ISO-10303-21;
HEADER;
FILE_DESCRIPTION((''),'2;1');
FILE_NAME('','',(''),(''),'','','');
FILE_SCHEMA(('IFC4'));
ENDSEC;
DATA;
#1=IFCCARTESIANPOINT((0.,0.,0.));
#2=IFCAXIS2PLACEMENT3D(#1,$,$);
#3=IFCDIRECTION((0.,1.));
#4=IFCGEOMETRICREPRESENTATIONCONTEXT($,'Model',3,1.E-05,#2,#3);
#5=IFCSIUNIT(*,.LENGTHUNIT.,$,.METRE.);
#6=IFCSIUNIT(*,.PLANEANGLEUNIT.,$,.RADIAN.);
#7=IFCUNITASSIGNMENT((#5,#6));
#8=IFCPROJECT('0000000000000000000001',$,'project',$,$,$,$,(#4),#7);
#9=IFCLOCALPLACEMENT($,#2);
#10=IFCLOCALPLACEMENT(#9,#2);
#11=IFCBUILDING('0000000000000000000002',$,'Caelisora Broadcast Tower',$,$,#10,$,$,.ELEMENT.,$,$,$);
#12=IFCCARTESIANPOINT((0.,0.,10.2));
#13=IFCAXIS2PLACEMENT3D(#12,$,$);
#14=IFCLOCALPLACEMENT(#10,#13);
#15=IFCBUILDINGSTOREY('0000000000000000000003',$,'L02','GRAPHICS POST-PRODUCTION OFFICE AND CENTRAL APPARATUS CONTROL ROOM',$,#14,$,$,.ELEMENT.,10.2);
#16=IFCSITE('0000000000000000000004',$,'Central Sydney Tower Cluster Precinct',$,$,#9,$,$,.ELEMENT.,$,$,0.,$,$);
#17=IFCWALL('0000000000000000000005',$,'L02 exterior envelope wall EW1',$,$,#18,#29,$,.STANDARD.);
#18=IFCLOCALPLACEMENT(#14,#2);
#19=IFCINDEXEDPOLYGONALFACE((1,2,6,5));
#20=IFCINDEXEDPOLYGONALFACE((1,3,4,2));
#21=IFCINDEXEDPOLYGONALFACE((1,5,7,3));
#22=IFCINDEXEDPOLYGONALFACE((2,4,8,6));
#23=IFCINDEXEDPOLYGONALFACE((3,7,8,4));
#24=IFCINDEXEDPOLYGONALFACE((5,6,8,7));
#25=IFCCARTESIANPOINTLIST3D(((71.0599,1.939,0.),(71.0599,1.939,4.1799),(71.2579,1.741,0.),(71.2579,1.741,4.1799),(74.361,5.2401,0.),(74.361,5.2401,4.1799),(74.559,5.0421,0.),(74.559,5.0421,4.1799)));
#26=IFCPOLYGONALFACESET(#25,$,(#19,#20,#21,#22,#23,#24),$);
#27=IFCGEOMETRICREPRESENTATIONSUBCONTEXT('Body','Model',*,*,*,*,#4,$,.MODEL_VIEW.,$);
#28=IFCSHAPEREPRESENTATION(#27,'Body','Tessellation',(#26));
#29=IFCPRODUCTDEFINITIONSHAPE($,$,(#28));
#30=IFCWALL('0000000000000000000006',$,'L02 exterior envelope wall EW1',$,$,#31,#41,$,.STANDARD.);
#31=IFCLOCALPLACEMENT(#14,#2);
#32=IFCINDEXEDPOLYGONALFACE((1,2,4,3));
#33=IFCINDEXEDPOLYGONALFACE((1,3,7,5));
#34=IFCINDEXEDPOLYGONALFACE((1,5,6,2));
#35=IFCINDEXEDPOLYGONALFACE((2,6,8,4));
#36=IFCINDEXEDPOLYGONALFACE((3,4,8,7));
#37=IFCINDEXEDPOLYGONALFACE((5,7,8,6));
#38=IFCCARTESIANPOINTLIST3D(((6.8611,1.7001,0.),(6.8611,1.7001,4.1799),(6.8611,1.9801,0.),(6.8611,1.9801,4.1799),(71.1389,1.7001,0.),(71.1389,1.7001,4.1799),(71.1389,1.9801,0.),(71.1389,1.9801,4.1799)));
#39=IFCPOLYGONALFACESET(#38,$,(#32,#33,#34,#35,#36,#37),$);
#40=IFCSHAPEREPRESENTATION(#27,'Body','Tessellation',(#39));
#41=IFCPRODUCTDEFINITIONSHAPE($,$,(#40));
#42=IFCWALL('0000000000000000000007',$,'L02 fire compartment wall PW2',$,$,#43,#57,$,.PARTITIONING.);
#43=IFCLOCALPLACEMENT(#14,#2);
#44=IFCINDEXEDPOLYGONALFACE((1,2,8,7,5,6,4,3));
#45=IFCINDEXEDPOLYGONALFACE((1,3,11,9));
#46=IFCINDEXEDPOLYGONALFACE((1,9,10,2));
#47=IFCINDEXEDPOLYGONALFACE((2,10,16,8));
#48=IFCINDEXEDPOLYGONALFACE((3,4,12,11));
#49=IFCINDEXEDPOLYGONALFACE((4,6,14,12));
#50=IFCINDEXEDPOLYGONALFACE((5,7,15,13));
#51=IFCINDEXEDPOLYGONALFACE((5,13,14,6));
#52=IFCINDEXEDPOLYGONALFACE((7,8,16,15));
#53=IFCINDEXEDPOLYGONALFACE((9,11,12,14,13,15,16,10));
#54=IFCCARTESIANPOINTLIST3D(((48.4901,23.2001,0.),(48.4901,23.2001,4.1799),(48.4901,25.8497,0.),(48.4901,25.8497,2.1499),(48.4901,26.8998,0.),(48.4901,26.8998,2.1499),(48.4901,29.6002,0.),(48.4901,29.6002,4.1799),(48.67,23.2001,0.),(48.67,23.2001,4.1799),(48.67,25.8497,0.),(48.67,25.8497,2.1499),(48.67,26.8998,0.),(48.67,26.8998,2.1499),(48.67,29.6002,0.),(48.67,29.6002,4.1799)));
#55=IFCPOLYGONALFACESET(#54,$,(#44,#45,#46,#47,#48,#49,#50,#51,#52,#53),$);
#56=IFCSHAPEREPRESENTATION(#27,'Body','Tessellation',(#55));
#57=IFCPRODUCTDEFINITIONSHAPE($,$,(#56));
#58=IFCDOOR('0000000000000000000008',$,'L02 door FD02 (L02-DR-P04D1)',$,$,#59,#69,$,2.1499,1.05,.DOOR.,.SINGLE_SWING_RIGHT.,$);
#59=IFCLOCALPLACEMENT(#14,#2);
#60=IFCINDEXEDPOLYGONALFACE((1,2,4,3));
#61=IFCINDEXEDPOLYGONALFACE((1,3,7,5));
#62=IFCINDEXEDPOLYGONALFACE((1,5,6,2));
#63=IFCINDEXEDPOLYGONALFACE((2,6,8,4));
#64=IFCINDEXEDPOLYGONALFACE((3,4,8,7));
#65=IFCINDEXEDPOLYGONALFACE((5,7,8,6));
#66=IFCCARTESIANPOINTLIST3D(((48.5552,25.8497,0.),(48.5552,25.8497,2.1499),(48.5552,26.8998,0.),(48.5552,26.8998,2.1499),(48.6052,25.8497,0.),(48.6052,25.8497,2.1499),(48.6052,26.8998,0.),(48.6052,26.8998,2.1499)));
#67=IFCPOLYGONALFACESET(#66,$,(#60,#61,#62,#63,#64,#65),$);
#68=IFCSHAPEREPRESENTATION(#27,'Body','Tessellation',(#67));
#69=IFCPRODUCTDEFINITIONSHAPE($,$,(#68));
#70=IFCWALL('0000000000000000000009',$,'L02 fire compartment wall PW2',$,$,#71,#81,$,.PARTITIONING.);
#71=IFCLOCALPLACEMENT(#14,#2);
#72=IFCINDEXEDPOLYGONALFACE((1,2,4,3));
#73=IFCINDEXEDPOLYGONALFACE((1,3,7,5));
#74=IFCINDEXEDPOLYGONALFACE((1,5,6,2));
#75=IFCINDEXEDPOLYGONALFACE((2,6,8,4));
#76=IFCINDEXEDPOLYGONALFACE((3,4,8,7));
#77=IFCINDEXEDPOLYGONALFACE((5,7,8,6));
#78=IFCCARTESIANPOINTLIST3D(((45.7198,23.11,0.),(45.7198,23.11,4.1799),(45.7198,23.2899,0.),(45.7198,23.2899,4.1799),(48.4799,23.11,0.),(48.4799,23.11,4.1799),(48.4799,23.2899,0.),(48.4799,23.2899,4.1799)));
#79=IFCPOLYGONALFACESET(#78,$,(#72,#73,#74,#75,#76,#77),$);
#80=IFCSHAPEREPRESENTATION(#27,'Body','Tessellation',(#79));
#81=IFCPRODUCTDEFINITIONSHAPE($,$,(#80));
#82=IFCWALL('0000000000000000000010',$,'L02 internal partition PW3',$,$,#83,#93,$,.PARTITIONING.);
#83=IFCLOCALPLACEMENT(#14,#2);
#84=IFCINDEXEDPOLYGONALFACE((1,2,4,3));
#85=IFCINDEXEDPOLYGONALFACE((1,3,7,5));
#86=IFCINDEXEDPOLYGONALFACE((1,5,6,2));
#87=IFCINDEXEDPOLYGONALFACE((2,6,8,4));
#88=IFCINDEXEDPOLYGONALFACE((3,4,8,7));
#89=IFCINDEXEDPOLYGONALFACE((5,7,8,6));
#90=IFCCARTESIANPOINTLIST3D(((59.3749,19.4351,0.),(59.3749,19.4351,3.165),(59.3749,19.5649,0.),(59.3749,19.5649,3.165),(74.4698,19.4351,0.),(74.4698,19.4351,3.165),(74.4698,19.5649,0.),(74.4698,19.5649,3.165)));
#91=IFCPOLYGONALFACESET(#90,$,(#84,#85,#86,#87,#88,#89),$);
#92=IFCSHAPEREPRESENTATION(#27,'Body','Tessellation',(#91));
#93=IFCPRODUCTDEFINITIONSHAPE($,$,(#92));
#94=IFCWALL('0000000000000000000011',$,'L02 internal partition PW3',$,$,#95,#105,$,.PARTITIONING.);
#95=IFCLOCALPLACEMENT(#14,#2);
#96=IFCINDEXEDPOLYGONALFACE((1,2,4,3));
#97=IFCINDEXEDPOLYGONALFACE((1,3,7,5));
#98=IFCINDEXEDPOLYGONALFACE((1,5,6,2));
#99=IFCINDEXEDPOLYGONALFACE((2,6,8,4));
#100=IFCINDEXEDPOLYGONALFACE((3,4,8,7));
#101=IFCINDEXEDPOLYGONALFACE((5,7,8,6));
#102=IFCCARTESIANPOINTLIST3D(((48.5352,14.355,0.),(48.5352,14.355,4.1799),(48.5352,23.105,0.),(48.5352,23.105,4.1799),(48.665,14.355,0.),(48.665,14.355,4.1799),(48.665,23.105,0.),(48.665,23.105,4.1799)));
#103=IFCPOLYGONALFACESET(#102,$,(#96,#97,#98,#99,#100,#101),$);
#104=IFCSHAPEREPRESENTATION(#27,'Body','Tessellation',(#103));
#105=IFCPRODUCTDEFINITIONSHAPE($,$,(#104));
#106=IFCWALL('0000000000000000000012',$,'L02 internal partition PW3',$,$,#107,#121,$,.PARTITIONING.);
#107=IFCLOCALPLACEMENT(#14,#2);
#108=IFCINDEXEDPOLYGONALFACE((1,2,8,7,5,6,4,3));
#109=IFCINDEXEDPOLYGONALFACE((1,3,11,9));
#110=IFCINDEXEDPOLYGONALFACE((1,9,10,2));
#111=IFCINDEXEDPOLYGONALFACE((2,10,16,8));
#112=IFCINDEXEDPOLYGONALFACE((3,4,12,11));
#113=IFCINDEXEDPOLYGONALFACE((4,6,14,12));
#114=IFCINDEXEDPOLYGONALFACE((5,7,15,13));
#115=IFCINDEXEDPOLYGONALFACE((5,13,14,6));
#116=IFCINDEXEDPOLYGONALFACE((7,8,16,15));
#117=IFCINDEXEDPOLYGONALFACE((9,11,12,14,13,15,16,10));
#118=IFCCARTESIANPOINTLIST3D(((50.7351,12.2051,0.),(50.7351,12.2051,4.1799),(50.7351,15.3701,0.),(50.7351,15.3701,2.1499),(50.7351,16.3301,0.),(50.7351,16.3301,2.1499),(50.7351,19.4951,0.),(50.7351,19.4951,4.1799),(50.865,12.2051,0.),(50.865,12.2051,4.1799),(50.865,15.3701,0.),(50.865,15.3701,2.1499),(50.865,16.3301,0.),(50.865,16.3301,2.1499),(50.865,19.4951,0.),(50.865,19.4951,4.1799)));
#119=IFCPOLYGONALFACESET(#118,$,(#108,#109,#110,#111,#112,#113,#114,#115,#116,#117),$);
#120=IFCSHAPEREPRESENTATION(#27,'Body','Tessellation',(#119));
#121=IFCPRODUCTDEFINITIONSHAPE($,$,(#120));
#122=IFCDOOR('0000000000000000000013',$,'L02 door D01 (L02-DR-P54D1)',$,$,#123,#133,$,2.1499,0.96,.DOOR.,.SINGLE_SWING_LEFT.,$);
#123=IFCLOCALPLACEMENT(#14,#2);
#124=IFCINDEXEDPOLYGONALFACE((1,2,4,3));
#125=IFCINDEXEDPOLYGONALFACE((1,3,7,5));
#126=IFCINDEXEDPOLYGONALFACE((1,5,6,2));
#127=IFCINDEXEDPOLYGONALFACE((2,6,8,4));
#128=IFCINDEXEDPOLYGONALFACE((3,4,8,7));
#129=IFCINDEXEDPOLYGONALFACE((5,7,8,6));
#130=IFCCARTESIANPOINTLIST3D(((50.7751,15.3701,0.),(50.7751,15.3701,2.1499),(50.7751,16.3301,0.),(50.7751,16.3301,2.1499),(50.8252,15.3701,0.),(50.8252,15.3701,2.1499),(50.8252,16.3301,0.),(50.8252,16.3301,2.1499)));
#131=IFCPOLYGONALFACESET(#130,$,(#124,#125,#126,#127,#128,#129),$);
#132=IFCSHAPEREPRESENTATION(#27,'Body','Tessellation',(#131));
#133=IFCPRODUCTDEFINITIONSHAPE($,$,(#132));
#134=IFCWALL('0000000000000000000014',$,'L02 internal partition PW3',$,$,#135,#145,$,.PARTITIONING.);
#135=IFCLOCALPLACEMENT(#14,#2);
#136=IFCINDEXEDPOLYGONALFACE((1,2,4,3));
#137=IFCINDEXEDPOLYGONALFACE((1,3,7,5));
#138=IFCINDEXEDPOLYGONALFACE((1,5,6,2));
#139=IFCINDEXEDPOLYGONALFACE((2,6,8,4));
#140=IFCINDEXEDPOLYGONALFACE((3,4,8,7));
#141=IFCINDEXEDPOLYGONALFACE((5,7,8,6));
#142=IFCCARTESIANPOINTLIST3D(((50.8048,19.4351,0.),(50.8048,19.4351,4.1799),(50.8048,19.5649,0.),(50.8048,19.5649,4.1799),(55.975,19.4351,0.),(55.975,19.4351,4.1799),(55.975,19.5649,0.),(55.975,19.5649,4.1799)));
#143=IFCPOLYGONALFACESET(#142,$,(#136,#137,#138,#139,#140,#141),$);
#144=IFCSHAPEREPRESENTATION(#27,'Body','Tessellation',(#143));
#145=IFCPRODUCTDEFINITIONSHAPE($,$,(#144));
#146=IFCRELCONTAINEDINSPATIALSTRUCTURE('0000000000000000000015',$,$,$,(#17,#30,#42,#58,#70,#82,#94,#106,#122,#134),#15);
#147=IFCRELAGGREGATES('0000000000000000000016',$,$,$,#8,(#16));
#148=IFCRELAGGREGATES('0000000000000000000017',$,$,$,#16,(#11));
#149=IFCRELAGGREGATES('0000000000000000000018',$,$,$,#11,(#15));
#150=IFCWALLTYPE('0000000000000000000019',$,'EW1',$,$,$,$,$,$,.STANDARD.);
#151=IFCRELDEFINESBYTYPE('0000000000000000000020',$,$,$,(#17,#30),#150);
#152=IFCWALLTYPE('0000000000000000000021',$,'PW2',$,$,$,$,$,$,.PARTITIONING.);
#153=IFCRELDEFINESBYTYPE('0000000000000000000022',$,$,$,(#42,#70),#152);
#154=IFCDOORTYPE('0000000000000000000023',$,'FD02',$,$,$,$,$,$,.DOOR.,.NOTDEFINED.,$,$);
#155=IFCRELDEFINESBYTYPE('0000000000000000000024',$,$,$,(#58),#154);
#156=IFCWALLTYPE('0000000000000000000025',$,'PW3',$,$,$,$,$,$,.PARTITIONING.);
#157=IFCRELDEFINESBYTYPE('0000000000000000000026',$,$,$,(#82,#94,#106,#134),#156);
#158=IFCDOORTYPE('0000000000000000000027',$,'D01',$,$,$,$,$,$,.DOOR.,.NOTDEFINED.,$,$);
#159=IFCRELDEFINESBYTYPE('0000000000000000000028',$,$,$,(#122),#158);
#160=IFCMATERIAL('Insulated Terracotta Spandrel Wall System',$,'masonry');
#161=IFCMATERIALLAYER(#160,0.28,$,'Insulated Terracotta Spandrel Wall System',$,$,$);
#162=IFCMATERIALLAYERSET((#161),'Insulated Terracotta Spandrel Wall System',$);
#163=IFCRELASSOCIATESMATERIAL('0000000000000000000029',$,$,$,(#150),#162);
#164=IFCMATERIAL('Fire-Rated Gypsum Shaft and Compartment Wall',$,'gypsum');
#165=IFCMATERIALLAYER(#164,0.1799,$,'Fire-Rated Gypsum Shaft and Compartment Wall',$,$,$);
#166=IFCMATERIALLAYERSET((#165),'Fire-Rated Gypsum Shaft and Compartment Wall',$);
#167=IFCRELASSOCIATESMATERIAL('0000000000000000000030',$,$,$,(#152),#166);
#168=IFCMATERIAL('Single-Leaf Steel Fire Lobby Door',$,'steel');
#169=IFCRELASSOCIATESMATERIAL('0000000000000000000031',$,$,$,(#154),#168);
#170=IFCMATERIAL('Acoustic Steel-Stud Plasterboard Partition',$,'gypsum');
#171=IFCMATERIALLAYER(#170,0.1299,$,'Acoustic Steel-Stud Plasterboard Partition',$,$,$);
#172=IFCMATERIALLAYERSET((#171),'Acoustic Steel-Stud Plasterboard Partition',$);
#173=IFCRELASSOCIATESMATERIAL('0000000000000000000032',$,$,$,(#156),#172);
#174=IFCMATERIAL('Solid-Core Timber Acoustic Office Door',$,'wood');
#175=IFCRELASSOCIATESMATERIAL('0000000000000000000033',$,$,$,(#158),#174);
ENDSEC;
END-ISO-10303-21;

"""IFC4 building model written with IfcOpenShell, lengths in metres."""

from ifc_helpers import new_model, si_unit, direction, frame, frame_2d, origin, place, context, subcontext, project, spatial, rectangle, extrude, material, layer, layer_set, type_object, element, fill, save


model = new_model("IFC4")

# Units and contexts
model_context = context("Model", 3, precision=1e-05, world=origin(), true_north=direction((0.0, 1.0)))
body_context = subcontext(model_context, "Body", "Model", "MODEL_VIEW")
ifc_project = project(units=[si_unit("LENGTHUNIT", "METRE"), si_unit("PLANEANGLEUNIT", "RADIAN")], contexts=[model_context])

# Site, building, storey
site_placement = place(None, origin())
site = spatial("IfcSite", under=ifc_project, at=site_placement, Name="Central Sydney Tower Cluster Precinct", CompositionType="ELEMENT", RefElevation=0.0)
building_placement = place(site_placement, origin())
building = spatial("IfcBuilding", under=site, at=building_placement, Name="Caelisora Broadcast Tower", CompositionType="ELEMENT")
storey_placement = place(building_placement, frame((0.0, 0.0, 10.2)))
storey = spatial("IfcBuildingStorey", under=building, at=storey_placement, Name="L02", Description="GRAPHICS POST-PRODUCTION OFFICE AND CENTRAL APPARATUS CONTROL ROOM", CompositionType="ELEMENT", Elevation=10.2)

# Walls
ifc_material_1 = material(Name="Insulated Terracotta Spandrel Wall System", Category="masonry")
ifc_layer_1 = layer(ifc_material_1, 0.28, Name="Insulated Terracotta Spandrel Wall System")
ifc_layer_set_1 = layer_set([ifc_layer_1], Name="Insulated Terracotta Spandrel Wall System")
wall_type_1 = type_object("IfcWallType", Name="EW1", PredefinedType="STANDARD", material=ifc_layer_set_1)
wall_1_placement = place(storey_placement, frame((74.46, 5.1411, 0.0), z_axis=(0.0, 0.0, 1.0), x_axis=(-0.707107, -0.707107, 0.0)))
element("IfcWall", 1, at=wall_1_placement, inside=storey, type_object=wall_type_1, Name="L02 exterior envelope wall EW1", PredefinedType="STANDARD", context=body_context, shape_type="SweptSolid", body=[
    extrude(rectangle(XDim=4.6685, YDim=0.28, at=frame_2d((2.3342, 0.0))), origin(), (0.0, 0.0, 1.0), 4.1799),
])
wall_2_placement = place(storey_placement, frame((71.1389, 1.8401, 0.0), z_axis=(0.0, 0.0, 1.0), x_axis=(-1.0, 0.0, 0.0)))
element("IfcWall", 2, at=wall_2_placement, inside=storey, type_object=wall_type_1, Name="L02 exterior envelope wall EW1", PredefinedType="STANDARD", context=body_context, shape_type="SweptSolid", body=[
    extrude(rectangle(XDim=64.2778, YDim=0.28, at=frame_2d((32.1389, 0.0))), origin(), (0.0, 0.0, 1.0), 4.1799),
])

# Wall, opening, door
ifc_material_2 = material(Name="Fire-Rated Gypsum Shaft and Compartment Wall", Category="gypsum")
ifc_layer_2 = layer(ifc_material_2, 0.1799, Name="Fire-Rated Gypsum Shaft and Compartment Wall")
ifc_layer_set_2 = layer_set([ifc_layer_2], Name="Fire-Rated Gypsum Shaft and Compartment Wall")
wall_type_2 = type_object("IfcWallType", Name="PW2", PredefinedType="PARTITIONING", material=ifc_layer_set_2)
wall_3_placement = place(storey_placement, frame((48.5801, 23.2, 0.0), z_axis=(0.0, 0.0, 1.0), x_axis=(0.0, 1.0, 0.0)))
wall_3 = element("IfcWall", 3, at=wall_3_placement, inside=storey, type_object=wall_type_2, Name="L02 fire compartment wall PW2", PredefinedType="PARTITIONING", context=body_context, shape_type="SweptSolid", body=[
    extrude(rectangle(XDim=6.4001, YDim=0.1799, at=frame_2d((3.2002, 0.0))), origin(), (0.0, 0.0, 1.0), 4.1799),
])
opening_1_placement = place(wall_3_placement, frame((2.6499, 0.0, 0.0)))
opening_1 = element("IfcOpeningElement", 4, at=opening_1_placement, cuts=wall_3, PredefinedType="OPENING", context=body_context, shape_type="SweptSolid", body=[
    extrude(rectangle(XDim=1.05, YDim=2.1499, at=frame_2d((0.5249, 1.075))), frame((0.0, 0.1021, 0.0), z_axis=(0.0, -1.0, 0.0), x_axis=(1.0, 0.0, 0.0)), (0.0, 0.0, 1.0), 0.2039),
])
ifc_material_3 = material(Name="Single-Leaf Steel Fire Lobby Door", Category="steel")
door_type_1 = type_object("IfcDoorType", Name="FD02", OperationType="NOTDEFINED", PredefinedType="DOOR", material=ifc_material_3)
door_1_placement = place(opening_1_placement, origin())
door_1 = element("IfcDoor", 5, at=door_1_placement, inside=storey, type_object=door_type_1, Name="L02 door FD02 (L02-DR-P04D1)", OperationType="SINGLE_SWING_RIGHT", OverallHeight=2.1499, OverallWidth=1.05, PredefinedType="DOOR", context=body_context, shape_type="SweptSolid", body=[
    extrude(rectangle(XDim=1.05, YDim=2.1499, at=frame_2d((0.5249, 1.075))), frame((0.0, 0.0249, 0.0), z_axis=(0.0, -1.0, 0.0), x_axis=(1.0, 0.0, 0.0)), (0.0, 0.0, 1.0), 0.05),
])
fill(opening_1, door_1)

# Walls
wall_4_placement = place(storey_placement, frame((45.72, 23.2, 0.0), z_axis=(0.0, 0.0, 1.0), x_axis=(1.0, 0.0, 0.0)))
element("IfcWall", 6, at=wall_4_placement, inside=storey, type_object=wall_type_2, Name="L02 fire compartment wall PW2", PredefinedType="PARTITIONING", context=body_context, shape_type="SweptSolid", body=[
    extrude(rectangle(XDim=2.76, YDim=0.1799, at=frame_2d((1.3799, 0.0))), origin(), (0.0, 0.0, 1.0), 4.1799),
])
ifc_material_4 = material(Name="Acoustic Steel-Stud Plasterboard Partition", Category="gypsum")
ifc_layer_3 = layer(ifc_material_4, 0.1299, Name="Acoustic Steel-Stud Plasterboard Partition")
ifc_layer_set_3 = layer_set([ifc_layer_3], Name="Acoustic Steel-Stud Plasterboard Partition")
wall_type_3 = type_object("IfcWallType", Name="PW3", PredefinedType="PARTITIONING", material=ifc_layer_set_3)
wall_5_placement = place(storey_placement, frame((59.375, 19.5, 0.0), z_axis=(0.0, 0.0, 1.0), x_axis=(1.0, 0.0, 0.0)))
element("IfcWall", 7, at=wall_5_placement, inside=storey, type_object=wall_type_3, Name="L02 internal partition PW3", PredefinedType="PARTITIONING", context=body_context, shape_type="SweptSolid", body=[
    extrude(rectangle(XDim=15.095, YDim=0.1299, at=frame_2d((7.5474, 0.0))), origin(), (0.0, 0.0, 1.0), 3.165),
])
wall_6_placement = place(storey_placement, frame((48.6001, 14.355, 0.0), z_axis=(0.0, 0.0, 1.0), x_axis=(0.0, 1.0, 0.0)))
element("IfcWall", 8, at=wall_6_placement, inside=storey, type_object=wall_type_3, Name="L02 internal partition PW3", PredefinedType="PARTITIONING", context=body_context, shape_type="SweptSolid", body=[
    extrude(rectangle(XDim=8.75, YDim=0.1299, at=frame_2d((4.375, 0.0))), origin(), (0.0, 0.0, 1.0), 4.1799),
])

# Wall, opening, door
wall_7_placement = place(storey_placement, frame((50.8, 12.2051, 0.0), z_axis=(0.0, 0.0, 1.0), x_axis=(0.0, 1.0, 0.0)))
wall_7 = element("IfcWall", 9, at=wall_7_placement, inside=storey, type_object=wall_type_3, Name="L02 internal partition PW3", PredefinedType="PARTITIONING", context=body_context, shape_type="SweptSolid", body=[
    extrude(rectangle(XDim=7.29, YDim=0.1299, at=frame_2d((3.645, 0.0))), origin(), (0.0, 0.0, 1.0), 4.1799),
])
opening_2_placement = place(wall_7_placement, frame((3.165, 0.0, 0.0)))
opening_2 = element("IfcOpeningElement", 10, at=opening_2_placement, cuts=wall_7, PredefinedType="OPENING", context=body_context, shape_type="SweptSolid", body=[
    extrude(rectangle(XDim=0.96, YDim=2.1499, at=frame_2d((0.48, 1.075))), frame((0.0, 0.0769, 0.0), z_axis=(0.0, -1.0, 0.0), x_axis=(1.0, 0.0, 0.0)), (0.0, 0.0, 1.0), 0.1538),
])
ifc_material_5 = material(Name="Solid-Core Timber Acoustic Office Door", Category="wood")
door_type_2 = type_object("IfcDoorType", Name="D01", OperationType="NOTDEFINED", PredefinedType="DOOR", material=ifc_material_5)
door_2_placement = place(opening_2_placement, origin())
door_2 = element("IfcDoor", 11, at=door_2_placement, inside=storey, type_object=door_type_2, Name="L02 door D01 (L02-DR-P54D1)", OperationType="SINGLE_SWING_LEFT", OverallHeight=2.1499, OverallWidth=0.96, PredefinedType="DOOR", context=body_context, shape_type="SweptSolid", body=[
    extrude(rectangle(XDim=0.96, YDim=2.1499, at=frame_2d((0.48, 1.075))), frame((0.0, 0.0249, 0.0), z_axis=(0.0, -1.0, 0.0), x_axis=(1.0, 0.0, 0.0)), (0.0, 0.0, 1.0), 0.05),
])
fill(opening_2, door_2)

# Wall
wall_8_placement = place(storey_placement, frame((50.8049, 19.5, 0.0), z_axis=(0.0, 0.0, 1.0), x_axis=(1.0, 0.0, 0.0)))
element("IfcWall", 12, at=wall_8_placement, inside=storey, type_object=wall_type_3, Name="L02 internal partition PW3", PredefinedType="PARTITIONING", context=body_context, shape_type="SweptSolid", body=[
    extrude(rectangle(XDim=5.1702, YDim=0.1299, at=frame_2d((2.585, 0.0))), origin(), (0.0, 0.0, 1.0), 4.1799),
])

save(model, "model.ifc")
